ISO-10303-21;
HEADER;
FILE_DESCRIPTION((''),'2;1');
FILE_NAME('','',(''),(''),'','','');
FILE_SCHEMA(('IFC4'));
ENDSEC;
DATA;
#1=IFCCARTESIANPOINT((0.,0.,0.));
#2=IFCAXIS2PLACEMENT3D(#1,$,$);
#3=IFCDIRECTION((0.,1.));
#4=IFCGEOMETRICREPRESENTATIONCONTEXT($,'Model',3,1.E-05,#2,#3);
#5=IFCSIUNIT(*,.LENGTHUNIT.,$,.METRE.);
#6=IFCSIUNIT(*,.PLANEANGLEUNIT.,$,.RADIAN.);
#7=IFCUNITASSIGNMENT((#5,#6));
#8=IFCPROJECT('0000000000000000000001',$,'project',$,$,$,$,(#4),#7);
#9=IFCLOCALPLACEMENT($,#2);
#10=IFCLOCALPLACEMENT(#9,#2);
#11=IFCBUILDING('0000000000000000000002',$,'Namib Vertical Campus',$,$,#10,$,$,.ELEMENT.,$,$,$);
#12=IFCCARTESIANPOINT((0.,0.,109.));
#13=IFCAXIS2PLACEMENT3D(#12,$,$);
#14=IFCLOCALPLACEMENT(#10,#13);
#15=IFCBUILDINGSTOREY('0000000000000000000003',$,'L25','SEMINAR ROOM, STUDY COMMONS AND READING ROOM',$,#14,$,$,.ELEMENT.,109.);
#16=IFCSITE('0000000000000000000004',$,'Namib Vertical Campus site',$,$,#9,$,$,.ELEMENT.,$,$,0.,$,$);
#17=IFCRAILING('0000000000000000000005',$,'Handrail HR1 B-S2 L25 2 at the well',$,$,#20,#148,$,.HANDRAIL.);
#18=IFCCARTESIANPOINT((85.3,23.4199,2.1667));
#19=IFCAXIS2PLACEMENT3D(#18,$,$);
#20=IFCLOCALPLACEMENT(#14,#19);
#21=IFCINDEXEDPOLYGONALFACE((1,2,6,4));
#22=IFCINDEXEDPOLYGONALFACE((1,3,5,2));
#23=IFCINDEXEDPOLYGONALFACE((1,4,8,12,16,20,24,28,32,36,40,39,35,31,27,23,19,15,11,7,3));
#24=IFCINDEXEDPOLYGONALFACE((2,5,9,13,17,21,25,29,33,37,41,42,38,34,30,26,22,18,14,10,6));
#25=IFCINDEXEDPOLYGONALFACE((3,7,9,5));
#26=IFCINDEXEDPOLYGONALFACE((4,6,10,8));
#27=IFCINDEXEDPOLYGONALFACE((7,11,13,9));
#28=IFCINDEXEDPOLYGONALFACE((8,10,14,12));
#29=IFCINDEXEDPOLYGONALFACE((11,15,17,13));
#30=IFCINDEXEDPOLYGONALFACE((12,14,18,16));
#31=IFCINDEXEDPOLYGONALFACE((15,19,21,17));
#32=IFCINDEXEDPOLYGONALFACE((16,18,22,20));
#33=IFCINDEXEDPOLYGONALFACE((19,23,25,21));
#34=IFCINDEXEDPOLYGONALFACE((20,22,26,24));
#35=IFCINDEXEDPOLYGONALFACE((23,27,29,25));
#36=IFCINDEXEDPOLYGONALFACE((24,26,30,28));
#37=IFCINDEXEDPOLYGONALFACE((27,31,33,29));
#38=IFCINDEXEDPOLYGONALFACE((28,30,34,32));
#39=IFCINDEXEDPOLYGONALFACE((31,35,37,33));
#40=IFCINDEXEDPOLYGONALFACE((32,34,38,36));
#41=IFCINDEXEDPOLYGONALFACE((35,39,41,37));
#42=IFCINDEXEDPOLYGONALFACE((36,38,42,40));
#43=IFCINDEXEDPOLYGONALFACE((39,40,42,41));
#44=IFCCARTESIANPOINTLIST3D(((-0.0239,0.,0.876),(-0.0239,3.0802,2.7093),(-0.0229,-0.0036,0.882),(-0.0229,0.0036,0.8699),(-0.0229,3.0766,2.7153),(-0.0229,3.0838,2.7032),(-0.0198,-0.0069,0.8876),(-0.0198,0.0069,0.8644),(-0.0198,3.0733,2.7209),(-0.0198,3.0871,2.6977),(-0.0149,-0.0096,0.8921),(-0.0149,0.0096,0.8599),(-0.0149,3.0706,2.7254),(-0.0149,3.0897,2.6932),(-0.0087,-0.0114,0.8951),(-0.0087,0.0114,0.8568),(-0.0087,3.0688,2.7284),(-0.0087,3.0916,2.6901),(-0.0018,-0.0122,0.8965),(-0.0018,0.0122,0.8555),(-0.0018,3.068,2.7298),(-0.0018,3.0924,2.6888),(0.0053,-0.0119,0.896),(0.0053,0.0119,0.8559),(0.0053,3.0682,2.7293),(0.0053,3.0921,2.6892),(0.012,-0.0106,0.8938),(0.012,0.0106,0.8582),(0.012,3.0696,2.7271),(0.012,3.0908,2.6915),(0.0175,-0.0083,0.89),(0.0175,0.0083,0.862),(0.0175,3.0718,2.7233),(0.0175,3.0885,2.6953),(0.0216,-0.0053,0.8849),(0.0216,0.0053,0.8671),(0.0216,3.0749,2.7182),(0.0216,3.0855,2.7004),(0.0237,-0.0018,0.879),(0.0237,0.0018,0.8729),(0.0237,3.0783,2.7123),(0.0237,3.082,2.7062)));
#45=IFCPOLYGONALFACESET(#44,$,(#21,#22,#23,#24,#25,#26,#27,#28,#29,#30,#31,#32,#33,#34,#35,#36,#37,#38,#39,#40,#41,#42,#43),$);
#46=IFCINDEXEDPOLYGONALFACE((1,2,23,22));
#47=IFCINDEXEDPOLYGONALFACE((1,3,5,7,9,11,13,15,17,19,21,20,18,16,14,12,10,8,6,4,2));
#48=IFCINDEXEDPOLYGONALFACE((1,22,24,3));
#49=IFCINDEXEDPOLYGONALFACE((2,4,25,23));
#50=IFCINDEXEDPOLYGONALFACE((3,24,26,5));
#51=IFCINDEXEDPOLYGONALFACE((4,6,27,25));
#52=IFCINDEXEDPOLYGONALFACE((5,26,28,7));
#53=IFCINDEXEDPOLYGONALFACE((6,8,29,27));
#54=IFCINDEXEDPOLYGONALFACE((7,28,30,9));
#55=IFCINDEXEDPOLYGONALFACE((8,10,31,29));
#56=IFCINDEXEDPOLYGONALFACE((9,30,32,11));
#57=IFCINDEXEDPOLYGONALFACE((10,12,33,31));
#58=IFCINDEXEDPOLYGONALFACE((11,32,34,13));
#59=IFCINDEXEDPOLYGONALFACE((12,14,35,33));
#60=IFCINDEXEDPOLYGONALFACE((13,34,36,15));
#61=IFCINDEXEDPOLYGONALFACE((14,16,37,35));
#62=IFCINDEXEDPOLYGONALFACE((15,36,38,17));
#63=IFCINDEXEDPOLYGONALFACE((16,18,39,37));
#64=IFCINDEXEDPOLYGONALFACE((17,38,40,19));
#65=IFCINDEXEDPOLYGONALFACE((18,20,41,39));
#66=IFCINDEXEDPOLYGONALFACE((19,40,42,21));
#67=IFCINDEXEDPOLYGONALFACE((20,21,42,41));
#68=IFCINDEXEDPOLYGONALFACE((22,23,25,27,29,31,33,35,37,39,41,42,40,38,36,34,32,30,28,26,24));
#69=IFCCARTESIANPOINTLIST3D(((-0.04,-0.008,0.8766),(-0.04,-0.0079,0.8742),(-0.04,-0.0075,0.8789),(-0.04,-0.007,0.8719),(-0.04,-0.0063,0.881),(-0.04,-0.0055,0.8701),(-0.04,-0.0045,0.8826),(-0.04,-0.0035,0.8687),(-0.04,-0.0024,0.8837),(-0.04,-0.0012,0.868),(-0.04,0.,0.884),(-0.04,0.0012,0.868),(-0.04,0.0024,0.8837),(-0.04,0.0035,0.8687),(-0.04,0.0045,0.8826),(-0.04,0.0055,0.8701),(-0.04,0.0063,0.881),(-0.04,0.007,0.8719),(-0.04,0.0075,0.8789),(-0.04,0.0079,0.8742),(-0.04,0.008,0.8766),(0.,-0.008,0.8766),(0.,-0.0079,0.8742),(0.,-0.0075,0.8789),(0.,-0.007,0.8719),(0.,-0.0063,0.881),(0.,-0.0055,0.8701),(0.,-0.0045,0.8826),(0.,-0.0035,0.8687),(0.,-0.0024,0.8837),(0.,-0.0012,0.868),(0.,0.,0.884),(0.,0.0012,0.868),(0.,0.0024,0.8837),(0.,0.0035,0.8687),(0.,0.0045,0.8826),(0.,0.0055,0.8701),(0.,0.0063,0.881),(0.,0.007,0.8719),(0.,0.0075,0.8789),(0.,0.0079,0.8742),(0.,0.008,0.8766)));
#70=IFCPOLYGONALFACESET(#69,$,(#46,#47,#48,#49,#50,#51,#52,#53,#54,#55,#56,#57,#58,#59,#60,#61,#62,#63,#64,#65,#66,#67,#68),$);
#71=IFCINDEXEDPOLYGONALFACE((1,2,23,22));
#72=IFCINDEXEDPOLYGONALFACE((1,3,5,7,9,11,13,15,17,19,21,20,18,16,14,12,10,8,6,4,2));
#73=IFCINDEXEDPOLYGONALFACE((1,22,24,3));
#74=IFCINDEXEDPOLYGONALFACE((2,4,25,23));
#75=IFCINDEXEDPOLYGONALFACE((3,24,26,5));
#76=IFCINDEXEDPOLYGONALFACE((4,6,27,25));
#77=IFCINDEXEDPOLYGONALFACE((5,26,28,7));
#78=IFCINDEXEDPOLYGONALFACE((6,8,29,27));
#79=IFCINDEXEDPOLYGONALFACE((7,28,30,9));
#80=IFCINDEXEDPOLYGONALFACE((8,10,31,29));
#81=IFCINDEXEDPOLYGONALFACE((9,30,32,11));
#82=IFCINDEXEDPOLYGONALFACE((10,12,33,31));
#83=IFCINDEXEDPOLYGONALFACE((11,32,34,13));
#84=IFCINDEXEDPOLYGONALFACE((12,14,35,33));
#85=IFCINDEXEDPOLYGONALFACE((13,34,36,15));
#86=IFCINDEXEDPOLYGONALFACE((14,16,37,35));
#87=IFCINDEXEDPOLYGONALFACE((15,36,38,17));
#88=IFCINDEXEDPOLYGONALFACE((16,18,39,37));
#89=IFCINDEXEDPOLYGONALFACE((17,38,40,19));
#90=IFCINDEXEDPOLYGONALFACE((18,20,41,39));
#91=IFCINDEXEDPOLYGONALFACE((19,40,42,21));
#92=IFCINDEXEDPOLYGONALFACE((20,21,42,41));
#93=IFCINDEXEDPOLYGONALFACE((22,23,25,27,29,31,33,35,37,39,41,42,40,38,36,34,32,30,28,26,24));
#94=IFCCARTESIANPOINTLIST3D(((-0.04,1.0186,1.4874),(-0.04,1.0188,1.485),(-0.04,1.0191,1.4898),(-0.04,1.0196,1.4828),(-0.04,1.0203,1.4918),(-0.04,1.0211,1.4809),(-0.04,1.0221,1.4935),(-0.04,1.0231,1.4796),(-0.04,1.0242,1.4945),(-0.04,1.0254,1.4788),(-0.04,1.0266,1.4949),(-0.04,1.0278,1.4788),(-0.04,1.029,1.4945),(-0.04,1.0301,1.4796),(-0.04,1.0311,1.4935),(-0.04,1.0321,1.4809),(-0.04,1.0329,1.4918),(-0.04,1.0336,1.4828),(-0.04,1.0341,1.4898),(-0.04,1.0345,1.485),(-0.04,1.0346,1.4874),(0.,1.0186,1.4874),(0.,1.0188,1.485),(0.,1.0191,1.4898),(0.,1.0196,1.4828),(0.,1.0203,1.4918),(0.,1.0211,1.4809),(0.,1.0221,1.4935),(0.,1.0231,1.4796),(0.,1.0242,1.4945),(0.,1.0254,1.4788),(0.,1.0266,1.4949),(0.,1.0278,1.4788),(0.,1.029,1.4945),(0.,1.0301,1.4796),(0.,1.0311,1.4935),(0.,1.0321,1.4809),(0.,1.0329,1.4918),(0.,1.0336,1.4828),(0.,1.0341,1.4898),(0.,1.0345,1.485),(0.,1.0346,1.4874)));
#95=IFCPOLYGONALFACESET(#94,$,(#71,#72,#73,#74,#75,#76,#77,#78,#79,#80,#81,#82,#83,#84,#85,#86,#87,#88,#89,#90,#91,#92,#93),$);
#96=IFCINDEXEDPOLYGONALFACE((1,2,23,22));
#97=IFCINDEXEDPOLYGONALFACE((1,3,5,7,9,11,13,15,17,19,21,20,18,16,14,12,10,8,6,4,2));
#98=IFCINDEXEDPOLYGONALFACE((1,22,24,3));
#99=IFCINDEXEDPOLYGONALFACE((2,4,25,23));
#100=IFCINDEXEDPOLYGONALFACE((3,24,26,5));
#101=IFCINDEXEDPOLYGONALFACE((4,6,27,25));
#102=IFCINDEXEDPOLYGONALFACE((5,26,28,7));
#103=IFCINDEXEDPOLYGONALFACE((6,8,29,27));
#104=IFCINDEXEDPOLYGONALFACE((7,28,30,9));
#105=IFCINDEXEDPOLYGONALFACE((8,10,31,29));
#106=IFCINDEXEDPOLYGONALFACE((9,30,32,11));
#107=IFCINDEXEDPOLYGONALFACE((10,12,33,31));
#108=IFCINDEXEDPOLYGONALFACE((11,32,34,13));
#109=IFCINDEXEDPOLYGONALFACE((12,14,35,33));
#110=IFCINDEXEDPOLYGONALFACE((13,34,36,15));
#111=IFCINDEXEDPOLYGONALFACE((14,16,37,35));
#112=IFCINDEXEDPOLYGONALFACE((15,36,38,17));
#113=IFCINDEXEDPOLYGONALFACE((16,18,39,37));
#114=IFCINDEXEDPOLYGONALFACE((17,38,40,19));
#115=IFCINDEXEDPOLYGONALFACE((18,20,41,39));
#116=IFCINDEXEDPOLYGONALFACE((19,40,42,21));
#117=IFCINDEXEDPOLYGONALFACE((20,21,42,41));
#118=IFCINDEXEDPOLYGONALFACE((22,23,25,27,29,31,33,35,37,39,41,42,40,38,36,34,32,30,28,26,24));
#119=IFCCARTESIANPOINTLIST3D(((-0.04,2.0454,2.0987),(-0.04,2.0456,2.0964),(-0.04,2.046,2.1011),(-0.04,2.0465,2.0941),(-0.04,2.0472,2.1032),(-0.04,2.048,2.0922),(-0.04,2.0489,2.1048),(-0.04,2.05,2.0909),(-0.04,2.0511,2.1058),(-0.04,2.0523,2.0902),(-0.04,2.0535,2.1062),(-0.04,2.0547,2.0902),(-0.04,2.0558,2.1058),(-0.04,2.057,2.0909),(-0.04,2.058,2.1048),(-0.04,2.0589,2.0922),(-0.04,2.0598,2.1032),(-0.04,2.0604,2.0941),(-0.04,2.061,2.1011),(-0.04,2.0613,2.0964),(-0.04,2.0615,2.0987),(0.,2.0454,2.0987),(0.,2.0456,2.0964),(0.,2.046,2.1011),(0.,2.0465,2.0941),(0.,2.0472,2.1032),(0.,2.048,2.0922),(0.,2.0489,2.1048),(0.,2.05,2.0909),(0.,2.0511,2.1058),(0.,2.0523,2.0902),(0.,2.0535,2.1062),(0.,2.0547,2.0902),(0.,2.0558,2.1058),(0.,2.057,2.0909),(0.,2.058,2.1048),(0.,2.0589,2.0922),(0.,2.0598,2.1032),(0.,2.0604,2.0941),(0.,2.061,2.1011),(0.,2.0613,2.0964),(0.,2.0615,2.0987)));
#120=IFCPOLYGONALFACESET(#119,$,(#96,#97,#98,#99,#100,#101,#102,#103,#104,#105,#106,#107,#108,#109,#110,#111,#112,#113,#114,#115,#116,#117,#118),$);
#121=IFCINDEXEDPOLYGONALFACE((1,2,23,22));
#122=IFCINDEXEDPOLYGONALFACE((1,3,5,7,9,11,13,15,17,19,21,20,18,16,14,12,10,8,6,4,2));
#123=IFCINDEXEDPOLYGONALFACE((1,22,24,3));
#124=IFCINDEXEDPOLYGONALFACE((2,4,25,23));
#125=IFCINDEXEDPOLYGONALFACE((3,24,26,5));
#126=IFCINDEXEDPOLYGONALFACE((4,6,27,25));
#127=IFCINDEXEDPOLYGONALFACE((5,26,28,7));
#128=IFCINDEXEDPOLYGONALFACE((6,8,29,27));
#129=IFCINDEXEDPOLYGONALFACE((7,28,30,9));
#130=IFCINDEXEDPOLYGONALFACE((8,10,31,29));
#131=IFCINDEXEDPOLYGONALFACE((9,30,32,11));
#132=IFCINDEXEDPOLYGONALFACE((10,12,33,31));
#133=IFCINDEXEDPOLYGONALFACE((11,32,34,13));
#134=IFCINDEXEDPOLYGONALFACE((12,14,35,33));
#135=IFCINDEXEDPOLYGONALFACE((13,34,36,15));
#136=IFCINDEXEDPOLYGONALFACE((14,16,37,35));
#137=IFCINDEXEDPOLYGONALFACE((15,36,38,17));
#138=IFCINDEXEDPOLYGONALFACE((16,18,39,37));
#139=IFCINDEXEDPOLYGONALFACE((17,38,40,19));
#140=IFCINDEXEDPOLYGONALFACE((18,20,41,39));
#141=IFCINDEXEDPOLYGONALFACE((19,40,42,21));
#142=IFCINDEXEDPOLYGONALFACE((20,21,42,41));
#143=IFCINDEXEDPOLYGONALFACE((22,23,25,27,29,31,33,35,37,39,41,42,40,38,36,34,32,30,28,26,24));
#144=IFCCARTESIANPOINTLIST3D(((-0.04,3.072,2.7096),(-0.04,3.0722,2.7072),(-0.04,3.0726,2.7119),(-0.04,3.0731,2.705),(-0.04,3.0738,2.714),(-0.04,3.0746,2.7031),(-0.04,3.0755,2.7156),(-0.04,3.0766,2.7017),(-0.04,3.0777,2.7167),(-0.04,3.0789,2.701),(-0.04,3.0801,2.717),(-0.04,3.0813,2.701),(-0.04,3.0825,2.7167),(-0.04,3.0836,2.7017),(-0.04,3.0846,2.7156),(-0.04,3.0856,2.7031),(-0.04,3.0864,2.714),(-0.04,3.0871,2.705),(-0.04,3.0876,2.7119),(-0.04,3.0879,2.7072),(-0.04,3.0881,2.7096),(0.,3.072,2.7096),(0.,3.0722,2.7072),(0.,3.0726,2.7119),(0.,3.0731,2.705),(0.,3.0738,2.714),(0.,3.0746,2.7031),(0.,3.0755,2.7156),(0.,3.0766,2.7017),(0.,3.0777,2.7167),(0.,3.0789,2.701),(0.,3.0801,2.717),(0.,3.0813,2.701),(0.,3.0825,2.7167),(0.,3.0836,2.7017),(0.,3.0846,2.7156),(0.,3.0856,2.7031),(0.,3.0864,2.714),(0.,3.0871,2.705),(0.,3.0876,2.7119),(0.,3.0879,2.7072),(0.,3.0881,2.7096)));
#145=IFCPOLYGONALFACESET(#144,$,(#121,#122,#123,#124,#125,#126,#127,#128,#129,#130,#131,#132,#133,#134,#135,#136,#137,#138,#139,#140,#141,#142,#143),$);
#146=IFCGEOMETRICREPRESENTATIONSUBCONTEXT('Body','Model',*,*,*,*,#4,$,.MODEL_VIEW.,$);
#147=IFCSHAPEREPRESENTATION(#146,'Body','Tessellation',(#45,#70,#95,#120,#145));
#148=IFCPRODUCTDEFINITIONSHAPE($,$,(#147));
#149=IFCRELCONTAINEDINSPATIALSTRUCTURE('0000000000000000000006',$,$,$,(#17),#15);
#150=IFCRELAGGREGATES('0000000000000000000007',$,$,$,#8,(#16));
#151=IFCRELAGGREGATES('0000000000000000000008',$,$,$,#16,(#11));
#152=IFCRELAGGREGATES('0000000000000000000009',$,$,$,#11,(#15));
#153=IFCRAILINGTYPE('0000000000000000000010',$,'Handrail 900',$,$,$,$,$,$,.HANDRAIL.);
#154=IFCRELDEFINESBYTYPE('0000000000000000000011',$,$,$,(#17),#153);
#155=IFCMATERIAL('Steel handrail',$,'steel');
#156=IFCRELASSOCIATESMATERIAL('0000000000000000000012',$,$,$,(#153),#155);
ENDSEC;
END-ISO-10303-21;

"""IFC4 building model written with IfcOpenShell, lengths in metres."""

from ifc_helpers import new_model, si_unit, direction, frame, origin, origin_2d, place, context, subcontext, project, spatial, circle, extrude, material, type_object, element, save


model = new_model("IFC4")

# Units and contexts
model_context = context("Model", 3, precision=1e-05, world=origin(), true_north=direction((0.0, 1.0)))
body_context = subcontext(model_context, "Body", "Model", "MODEL_VIEW")
ifc_project = project(units=[si_unit("LENGTHUNIT", "METRE"), si_unit("PLANEANGLEUNIT", "RADIAN")], contexts=[model_context])

# Site, building, storey
site_placement = place(None, origin())
site = spatial("IfcSite", under=ifc_project, at=site_placement, Name="Namib Vertical Campus site", CompositionType="ELEMENT", RefElevation=0.0)
building_placement = place(site_placement, origin())
building = spatial("IfcBuilding", under=site, at=building_placement, Name="Namib Vertical Campus", CompositionType="ELEMENT")
storey_placement = place(building_placement, frame((0.0, 0.0, 109.0)))
storey = spatial("IfcBuildingStorey", under=building, at=storey_placement, Name="L25", Description="SEMINAR ROOM, STUDY COMMONS AND READING ROOM", CompositionType="ELEMENT", Elevation=109.0)

# Railing
ifc_material_1 = material(Name="Steel handrail", Category="steel")
railing_type_1 = type_object("IfcRailingType", Name="Handrail 900", PredefinedType="HANDRAIL", material=ifc_material_1)
railing_1_placement = place(storey_placement, frame((85.3, 23.4199, 2.1667)))
element("IfcRailing", 1, at=railing_1_placement, inside=storey, type_object=railing_type_1, Name="Handrail HR1 B-S2 L25 2 at the well", PredefinedType="HANDRAIL", context=body_context, shape_type="SweptSolid", body=[
    extrude(circle(Radius=0.0239, at=origin_2d()), frame((0.0, 0.0, 0.876), z_axis=(0.0, 0.859309, 0.511458), x_axis=(-1.0, 0.0, 0.0)), (0.0, 0.0, 1.0), 3.5845),
    extrude(circle(Radius=0.0081, at=origin_2d()), frame((0.0, 0.0, 0.876), z_axis=(-1.0, 0.0, 0.0), x_axis=(0.0, 0.0, 1.0)), (0.0, 0.0, 1.0), 0.04),
    extrude(circle(Radius=0.0081, at=origin_2d()), frame((0.0, 1.0266, 1.4868), z_axis=(-1.0, 0.0, 0.0), x_axis=(0.0, 0.0, 1.0)), (0.0, 0.0, 1.0), 0.04),
    extrude(circle(Radius=0.0081, at=origin_2d()), frame((0.0, 2.0535, 2.0981), z_axis=(-1.0, 0.0, 0.0), x_axis=(0.0, 0.0, 1.0)), (0.0, 0.0, 1.0), 0.04),
    extrude(circle(Radius=0.0081, at=origin_2d()), frame((0.0, 3.0801, 2.709), z_axis=(-1.0, 0.0, 0.0), x_axis=(0.0, 0.0, 1.0)), (0.0, 0.0, 1.0), 0.04),
])

save(model, "model.ifc")
